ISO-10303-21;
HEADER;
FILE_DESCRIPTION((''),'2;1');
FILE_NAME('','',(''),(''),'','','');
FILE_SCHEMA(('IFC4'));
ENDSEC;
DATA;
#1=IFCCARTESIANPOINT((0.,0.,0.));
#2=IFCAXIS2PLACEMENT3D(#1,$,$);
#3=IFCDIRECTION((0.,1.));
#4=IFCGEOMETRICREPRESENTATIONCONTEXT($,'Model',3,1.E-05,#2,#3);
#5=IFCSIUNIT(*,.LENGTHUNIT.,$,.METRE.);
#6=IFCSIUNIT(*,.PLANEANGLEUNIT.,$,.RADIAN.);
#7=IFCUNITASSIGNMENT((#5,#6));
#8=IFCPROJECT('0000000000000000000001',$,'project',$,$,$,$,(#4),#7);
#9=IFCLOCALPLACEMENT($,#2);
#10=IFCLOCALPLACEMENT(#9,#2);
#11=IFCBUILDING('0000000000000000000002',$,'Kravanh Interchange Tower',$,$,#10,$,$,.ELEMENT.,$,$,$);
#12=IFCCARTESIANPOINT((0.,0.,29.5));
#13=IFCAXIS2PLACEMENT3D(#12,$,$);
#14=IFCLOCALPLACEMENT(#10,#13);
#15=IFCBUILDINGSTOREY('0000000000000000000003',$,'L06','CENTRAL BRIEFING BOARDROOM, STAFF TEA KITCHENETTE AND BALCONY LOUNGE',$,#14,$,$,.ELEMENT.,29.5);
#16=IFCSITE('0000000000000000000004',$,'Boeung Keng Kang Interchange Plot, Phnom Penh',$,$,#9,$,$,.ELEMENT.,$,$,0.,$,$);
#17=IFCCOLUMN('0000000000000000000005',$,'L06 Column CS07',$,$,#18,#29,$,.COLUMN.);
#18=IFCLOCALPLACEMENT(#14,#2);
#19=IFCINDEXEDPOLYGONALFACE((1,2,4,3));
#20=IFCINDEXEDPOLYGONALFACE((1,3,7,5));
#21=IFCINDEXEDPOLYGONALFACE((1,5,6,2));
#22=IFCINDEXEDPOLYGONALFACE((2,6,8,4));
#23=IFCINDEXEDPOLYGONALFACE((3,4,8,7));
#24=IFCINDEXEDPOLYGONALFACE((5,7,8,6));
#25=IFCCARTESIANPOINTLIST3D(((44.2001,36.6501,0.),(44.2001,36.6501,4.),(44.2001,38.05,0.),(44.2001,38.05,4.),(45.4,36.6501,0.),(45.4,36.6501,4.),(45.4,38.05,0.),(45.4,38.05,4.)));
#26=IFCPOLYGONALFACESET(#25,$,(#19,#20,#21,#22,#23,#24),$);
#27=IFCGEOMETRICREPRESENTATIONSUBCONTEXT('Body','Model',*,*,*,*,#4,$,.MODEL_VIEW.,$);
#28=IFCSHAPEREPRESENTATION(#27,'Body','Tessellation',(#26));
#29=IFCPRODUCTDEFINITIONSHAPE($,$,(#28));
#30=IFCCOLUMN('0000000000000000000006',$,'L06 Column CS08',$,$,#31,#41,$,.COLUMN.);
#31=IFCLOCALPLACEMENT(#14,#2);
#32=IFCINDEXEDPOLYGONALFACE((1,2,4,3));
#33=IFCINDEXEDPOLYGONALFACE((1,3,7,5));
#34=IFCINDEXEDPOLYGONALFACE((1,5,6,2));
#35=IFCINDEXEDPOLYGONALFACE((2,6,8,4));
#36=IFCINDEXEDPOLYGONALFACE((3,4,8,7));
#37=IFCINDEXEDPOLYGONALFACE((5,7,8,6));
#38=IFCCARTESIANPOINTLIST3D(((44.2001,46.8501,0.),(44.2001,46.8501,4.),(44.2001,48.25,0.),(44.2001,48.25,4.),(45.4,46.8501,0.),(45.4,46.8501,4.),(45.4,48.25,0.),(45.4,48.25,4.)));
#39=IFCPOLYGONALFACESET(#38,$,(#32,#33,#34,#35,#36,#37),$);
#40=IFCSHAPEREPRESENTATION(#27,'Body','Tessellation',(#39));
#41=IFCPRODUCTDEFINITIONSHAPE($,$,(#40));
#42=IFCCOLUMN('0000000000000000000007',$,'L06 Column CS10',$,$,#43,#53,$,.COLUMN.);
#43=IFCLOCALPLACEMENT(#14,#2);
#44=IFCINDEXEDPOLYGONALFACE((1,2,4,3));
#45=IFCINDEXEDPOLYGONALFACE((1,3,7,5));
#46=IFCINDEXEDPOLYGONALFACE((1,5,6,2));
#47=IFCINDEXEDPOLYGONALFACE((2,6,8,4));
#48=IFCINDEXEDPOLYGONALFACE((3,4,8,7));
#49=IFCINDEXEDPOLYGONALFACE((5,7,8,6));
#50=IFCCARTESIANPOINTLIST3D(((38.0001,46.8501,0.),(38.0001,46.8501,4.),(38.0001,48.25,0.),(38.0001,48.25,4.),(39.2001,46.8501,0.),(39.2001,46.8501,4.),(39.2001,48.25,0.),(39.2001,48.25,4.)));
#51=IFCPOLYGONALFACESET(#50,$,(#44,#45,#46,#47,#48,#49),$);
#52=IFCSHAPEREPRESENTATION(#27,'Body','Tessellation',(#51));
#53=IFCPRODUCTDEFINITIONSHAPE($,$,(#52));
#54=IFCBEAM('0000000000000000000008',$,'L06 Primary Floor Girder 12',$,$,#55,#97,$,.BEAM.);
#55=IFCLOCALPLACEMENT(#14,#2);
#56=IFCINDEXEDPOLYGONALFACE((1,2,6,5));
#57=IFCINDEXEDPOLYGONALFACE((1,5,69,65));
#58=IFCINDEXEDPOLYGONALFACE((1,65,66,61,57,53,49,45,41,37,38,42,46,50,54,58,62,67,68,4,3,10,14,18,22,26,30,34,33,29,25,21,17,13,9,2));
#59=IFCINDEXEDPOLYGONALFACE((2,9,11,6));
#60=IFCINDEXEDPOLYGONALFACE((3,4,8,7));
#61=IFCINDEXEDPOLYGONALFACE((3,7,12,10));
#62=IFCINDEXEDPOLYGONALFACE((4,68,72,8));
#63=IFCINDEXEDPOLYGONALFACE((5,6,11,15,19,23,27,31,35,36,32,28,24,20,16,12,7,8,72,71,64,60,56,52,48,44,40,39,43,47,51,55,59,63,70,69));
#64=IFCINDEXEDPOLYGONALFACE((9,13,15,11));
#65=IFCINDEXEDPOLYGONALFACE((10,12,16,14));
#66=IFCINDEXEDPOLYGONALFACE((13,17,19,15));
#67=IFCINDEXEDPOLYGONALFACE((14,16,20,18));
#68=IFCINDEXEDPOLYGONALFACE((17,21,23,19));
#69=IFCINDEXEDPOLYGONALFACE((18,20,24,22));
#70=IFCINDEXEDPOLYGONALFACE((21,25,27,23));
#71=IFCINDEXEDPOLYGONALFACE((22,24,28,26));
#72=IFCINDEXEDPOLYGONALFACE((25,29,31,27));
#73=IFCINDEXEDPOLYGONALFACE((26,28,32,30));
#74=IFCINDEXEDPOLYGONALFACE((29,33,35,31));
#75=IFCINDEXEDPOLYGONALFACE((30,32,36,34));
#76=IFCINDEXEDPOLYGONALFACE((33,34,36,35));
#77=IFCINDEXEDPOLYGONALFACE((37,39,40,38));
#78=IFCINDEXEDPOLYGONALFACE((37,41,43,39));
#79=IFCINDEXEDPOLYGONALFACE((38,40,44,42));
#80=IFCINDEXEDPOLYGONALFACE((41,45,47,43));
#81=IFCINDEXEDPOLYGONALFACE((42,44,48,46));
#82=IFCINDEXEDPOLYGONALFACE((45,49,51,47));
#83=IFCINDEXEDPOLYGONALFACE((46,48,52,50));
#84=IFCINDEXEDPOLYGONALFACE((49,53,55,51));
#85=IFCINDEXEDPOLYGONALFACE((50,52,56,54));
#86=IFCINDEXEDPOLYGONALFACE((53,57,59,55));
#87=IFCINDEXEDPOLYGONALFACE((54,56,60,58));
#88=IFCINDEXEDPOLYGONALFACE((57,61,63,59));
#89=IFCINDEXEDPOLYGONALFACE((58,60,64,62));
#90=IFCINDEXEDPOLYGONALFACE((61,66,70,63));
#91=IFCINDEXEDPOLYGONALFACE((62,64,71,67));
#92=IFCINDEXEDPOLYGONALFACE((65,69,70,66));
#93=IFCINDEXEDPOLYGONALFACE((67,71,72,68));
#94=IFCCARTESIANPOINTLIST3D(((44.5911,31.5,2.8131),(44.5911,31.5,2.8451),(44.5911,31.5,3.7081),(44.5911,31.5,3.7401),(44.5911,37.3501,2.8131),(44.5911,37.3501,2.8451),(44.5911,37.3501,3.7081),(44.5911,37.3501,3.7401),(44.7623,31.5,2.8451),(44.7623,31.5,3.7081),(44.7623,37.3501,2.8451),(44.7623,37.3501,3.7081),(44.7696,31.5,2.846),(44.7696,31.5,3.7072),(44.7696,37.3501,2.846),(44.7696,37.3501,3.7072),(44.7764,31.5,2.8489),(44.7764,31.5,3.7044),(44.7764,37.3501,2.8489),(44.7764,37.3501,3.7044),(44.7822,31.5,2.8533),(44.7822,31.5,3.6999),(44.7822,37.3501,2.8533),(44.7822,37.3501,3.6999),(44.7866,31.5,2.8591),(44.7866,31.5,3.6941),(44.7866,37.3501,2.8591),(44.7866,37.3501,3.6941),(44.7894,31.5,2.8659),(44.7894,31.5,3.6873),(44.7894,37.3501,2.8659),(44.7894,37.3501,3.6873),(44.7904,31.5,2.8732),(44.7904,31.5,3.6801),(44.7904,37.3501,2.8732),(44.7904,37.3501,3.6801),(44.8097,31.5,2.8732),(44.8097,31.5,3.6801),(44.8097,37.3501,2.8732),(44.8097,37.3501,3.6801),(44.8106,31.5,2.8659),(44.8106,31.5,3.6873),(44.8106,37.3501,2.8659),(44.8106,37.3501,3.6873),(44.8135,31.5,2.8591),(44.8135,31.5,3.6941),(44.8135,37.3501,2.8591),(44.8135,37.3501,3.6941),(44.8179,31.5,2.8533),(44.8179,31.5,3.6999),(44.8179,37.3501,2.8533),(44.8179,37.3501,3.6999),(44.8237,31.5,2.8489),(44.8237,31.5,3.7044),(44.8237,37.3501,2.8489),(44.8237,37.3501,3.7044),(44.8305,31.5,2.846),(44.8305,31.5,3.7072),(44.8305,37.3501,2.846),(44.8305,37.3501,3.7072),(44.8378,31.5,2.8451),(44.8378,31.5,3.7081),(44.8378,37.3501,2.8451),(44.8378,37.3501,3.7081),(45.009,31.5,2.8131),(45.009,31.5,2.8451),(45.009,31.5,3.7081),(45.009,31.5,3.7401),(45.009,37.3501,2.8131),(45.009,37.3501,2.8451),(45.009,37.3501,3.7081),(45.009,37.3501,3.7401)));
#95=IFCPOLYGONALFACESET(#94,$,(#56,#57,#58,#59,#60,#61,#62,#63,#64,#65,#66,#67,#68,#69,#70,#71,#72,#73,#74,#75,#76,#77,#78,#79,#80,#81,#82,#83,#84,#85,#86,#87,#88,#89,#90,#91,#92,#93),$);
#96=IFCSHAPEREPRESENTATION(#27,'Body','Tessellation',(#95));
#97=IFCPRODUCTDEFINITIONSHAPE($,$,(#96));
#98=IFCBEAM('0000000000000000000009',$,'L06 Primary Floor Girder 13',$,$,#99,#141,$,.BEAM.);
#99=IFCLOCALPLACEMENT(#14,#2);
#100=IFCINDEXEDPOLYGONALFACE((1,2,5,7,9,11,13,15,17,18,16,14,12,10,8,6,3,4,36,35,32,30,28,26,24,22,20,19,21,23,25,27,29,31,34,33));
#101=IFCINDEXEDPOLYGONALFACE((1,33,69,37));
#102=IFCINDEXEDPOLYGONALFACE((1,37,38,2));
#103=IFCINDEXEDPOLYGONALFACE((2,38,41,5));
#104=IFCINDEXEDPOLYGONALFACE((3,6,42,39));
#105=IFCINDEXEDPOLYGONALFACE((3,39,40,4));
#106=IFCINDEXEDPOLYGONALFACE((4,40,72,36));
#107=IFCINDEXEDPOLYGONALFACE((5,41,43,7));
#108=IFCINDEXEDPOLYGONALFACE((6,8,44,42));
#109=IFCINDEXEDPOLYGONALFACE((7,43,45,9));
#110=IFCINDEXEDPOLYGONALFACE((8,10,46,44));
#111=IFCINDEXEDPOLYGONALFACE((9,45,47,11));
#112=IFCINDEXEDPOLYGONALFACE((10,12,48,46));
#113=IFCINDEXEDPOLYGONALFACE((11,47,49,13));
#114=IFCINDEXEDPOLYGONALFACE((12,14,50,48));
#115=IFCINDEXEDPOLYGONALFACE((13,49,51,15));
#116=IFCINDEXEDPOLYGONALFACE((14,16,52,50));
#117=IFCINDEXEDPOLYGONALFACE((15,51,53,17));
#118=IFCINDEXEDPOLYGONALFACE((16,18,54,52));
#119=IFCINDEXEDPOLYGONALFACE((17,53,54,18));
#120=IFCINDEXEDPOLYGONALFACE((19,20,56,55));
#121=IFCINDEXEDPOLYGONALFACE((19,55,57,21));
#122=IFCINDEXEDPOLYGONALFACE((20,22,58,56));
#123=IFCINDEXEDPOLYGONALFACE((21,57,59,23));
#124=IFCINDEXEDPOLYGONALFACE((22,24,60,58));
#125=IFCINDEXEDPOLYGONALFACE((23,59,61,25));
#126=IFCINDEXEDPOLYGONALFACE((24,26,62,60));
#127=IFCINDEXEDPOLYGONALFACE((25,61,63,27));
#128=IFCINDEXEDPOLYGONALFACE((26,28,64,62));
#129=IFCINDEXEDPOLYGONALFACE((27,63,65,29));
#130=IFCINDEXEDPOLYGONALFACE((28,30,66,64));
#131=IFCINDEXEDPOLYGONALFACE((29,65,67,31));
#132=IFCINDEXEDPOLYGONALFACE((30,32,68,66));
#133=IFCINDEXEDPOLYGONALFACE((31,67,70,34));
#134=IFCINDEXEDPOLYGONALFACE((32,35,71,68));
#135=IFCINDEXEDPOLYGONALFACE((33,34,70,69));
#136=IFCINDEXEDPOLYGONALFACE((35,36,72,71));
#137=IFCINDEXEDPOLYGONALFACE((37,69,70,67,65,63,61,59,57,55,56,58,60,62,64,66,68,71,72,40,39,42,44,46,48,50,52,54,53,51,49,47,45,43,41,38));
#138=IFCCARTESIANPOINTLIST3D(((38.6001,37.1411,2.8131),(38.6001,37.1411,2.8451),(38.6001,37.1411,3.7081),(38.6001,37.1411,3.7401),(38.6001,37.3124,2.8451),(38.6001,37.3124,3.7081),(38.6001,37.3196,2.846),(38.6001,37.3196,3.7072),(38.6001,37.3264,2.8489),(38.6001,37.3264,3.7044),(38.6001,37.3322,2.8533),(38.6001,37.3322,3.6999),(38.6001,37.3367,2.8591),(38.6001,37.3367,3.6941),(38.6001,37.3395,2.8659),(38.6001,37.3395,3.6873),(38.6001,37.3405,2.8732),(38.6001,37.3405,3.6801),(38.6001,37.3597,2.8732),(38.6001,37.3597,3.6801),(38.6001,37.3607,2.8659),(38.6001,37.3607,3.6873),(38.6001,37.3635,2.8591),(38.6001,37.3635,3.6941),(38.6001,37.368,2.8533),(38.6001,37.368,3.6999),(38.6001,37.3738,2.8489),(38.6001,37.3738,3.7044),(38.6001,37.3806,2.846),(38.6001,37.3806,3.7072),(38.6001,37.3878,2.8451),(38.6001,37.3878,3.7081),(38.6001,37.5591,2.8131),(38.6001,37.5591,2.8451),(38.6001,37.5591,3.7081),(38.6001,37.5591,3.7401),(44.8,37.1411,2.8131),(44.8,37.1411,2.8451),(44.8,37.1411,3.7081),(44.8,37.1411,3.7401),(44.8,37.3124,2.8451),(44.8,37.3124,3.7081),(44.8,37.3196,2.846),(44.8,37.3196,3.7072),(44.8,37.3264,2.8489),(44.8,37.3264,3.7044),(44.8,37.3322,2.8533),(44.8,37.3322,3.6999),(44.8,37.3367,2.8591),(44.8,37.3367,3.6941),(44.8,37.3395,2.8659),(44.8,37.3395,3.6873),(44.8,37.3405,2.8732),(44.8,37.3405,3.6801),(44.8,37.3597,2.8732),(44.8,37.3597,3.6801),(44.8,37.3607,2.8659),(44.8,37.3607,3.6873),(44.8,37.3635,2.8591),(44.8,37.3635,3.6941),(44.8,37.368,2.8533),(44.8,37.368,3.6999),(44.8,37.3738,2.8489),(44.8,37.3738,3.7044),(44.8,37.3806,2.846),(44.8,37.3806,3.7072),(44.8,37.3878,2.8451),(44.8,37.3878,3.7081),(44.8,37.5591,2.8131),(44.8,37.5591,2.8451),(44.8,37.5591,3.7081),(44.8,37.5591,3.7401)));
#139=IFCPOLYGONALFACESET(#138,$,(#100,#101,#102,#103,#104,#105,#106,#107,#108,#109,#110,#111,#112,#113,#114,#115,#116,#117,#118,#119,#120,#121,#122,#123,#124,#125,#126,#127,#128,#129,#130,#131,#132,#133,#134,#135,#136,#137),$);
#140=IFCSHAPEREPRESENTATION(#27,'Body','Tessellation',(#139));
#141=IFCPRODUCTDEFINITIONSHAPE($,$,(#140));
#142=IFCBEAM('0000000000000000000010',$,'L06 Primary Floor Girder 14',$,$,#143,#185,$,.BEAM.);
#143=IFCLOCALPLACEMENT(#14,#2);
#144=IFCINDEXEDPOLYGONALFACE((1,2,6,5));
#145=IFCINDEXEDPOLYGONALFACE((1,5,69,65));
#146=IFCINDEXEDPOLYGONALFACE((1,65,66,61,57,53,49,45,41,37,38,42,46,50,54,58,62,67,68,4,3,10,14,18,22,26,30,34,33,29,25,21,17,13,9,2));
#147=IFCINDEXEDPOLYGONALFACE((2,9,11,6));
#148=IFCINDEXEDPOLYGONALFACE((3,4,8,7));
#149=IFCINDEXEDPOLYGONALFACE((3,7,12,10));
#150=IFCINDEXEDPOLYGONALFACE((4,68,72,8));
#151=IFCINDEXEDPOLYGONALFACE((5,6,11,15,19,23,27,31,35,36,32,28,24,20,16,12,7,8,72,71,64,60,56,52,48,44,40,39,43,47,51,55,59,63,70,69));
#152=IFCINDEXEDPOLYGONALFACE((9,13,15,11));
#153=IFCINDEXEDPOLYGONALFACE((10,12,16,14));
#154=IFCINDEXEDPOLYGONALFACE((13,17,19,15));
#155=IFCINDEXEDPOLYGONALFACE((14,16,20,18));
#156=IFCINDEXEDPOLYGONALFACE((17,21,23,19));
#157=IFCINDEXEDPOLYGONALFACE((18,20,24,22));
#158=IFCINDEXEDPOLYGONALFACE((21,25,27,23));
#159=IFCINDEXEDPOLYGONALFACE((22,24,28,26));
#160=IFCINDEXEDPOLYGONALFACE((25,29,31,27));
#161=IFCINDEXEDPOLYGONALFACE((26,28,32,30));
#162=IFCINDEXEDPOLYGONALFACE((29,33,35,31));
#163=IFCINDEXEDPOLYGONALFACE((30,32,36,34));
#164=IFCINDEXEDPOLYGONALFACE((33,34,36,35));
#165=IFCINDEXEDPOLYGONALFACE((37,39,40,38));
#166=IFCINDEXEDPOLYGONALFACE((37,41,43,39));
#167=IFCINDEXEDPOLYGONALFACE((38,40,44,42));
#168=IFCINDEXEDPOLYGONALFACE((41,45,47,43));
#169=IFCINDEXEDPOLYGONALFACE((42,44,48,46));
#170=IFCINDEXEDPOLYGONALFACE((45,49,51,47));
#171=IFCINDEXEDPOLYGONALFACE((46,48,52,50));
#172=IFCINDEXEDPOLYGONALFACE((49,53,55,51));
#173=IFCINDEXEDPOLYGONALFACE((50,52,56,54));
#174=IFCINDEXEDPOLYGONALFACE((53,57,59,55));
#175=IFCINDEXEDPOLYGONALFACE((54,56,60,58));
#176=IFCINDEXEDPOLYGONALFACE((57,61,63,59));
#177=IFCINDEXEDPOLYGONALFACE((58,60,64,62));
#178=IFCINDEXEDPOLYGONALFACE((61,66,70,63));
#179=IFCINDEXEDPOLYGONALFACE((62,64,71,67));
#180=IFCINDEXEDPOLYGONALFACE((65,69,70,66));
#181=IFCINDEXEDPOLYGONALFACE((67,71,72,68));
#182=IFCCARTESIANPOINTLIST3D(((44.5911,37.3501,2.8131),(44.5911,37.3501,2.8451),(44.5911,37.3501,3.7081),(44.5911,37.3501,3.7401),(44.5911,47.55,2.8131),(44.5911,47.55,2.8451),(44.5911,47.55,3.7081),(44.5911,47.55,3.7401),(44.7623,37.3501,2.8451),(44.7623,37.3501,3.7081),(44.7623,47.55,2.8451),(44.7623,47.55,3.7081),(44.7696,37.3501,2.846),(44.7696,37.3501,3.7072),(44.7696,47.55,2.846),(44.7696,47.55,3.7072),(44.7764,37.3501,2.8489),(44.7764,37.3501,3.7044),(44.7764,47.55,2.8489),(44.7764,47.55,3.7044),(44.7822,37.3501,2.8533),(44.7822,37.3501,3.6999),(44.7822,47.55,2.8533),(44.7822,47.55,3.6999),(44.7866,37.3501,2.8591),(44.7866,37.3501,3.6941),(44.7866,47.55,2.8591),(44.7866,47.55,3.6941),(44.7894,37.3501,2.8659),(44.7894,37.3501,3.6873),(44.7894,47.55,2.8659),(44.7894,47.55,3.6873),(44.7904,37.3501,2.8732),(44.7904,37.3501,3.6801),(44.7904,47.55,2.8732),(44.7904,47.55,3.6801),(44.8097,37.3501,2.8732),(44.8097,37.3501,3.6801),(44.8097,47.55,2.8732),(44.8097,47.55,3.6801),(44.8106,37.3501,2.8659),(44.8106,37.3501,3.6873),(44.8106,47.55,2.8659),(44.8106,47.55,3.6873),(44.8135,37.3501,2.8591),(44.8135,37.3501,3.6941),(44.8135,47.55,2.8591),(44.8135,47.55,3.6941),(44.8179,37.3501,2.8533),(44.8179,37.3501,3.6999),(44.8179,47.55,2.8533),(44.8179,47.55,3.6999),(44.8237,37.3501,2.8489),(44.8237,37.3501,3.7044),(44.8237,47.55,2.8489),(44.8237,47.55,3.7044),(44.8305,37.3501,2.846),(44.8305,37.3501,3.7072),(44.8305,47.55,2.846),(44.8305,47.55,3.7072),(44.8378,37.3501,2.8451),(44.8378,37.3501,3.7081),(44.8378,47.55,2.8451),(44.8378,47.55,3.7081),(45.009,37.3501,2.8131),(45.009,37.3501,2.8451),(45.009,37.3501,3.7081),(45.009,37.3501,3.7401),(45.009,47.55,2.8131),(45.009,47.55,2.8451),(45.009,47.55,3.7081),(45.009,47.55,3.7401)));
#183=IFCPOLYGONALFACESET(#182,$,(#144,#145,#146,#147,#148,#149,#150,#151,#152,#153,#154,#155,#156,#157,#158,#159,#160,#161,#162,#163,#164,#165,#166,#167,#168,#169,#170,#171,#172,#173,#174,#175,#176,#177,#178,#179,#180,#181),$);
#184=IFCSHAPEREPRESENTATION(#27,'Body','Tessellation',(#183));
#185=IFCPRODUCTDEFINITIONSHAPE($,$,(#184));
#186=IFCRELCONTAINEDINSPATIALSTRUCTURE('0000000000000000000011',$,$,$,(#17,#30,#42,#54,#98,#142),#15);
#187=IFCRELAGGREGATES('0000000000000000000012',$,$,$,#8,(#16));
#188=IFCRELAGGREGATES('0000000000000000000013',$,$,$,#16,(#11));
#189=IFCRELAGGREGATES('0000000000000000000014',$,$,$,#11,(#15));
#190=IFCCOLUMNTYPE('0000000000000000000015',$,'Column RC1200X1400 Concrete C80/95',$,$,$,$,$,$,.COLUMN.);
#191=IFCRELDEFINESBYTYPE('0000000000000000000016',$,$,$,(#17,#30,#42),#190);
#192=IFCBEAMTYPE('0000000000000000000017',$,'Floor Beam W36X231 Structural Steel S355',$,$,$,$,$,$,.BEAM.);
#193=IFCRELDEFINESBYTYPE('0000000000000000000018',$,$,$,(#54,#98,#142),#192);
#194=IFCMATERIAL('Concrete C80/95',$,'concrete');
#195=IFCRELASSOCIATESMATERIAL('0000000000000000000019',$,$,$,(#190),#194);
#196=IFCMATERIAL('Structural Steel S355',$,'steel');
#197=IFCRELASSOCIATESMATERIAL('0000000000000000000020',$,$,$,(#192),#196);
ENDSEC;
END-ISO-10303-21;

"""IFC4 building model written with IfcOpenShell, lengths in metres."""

from ifc_helpers import new_model, si_unit, direction, frame, origin, origin_2d, place, context, subcontext, project, spatial, rectangle, i_section, extrude, material, material_profile, profile_set, type_object, element, save


model = new_model("IFC4")

# Units and contexts
model_context = context("Model", 3, precision=1e-05, world=origin(), true_north=direction((0.0, 1.0)))
body_context = subcontext(model_context, "Body", "Model", "MODEL_VIEW")
ifc_project = project(units=[si_unit("LENGTHUNIT", "METRE"), si_unit("PLANEANGLEUNIT", "RADIAN")], contexts=[model_context])

# Site, building, storey
site_placement = place(None, origin())
site = spatial("IfcSite", under=ifc_project, at=site_placement, Name="Boeung Keng Kang Interchange Plot, Phnom Penh", CompositionType="ELEMENT", RefElevation=0.0)
building_placement = place(site_placement, origin())
building = spatial("IfcBuilding", under=site, at=building_placement, Name="Kravanh Interchange Tower", CompositionType="ELEMENT")
storey_placement = place(building_placement, frame((0.0, 0.0, 29.5)))
storey = spatial("IfcBuildingStorey", under=building, at=storey_placement, Name="L06", Description="CENTRAL BRIEFING BOARDROOM, STAFF TEA KITCHENETTE AND BALCONY LOUNGE", CompositionType="ELEMENT", Elevation=29.5)

# Columns
ifc_material_1 = material(Name="Concrete C80/95", Category="concrete")
ifc_material_profile_1 = material_profile(ifc_material_1, rectangle(XDim=1.2, YDim=1.3999, at=origin_2d()), Name="RC1200X1400")
ifc_profile_set_1 = profile_set([ifc_material_profile_1], Name="Concrete C80/95")
column_type = type_object("IfcColumnType", Name="Column RC1200X1400 Concrete C80/95", PredefinedType="COLUMN", material=ifc_profile_set_1)
for number, where, z_axis, x_axis, name in (
    (1, (44.8, 37.3501, 0.0), (0.0, 0.0, 1.0), (1.0, 0.0, 0.0), "L06 Column CS07"),
    (2, (44.8, 47.55, 0.0), (0.0, 0.0, 1.0), (1.0, 0.0, 0.0), "L06 Column CS08"),
    (3, (38.6001, 47.55, 0.0), (0.0, 0.0, 1.0), (1.0, 0.0, 0.0), "L06 Column CS10"),
):
    element("IfcColumn", number, at=place(storey_placement, frame(where, z_axis=z_axis, x_axis=x_axis)), inside=storey, type_object=column_type, Name=name, PredefinedType="COLUMN", context=body_context, shape_type="SweptSolid", body=[
        extrude(rectangle(XDim=1.2, YDim=1.3999, at=origin_2d()), origin(), (0.0, 0.0, 1.0), 4.0),
    ])

# Beams
ifc_material_2 = material(Name="Structural Steel S355", Category="steel")
ifc_material_profile_2 = material_profile(ifc_material_2, i_section(OverallWidth=0.418, OverallDepth=0.927, WebThickness=0.0193, FlangeThickness=0.032, FilletRadius=0.0281, at=origin_2d()), Name="W36X231")
ifc_profile_set_2 = profile_set([ifc_material_profile_2], Name="Structural Steel S355")
beam_type = type_object("IfcBeamType", Name="Floor Beam W36X231 Structural Steel S355", PredefinedType="BEAM", material=ifc_profile_set_2)
beam_1_placement = place(storey_placement, frame((44.8, 37.3501, 3.2766), z_axis=(0.0, -1.0, 0.0), x_axis=(1.0, 0.0, 0.0)))
element("IfcBeam", 4, at=beam_1_placement, inside=storey, type_object=beam_type, Name="L06 Primary Floor Girder 12", PredefinedType="BEAM", context=body_context, shape_type="SweptSolid", body=[
    extrude(i_section(OverallWidth=0.418, OverallDepth=0.927, WebThickness=0.0193, FlangeThickness=0.032, FilletRadius=0.0281, at=origin_2d()), origin(), (0.0, 0.0, 1.0), 5.8501),
])
beam_2_placement = place(storey_placement, frame((44.8, 37.3501, 3.2766), z_axis=(-1.0, 0.0, 0.0), x_axis=(0.0, -1.0, 0.0)))
element("IfcBeam", 5, at=beam_2_placement, inside=storey, type_object=beam_type, Name="L06 Primary Floor Girder 13", PredefinedType="BEAM", context=body_context, shape_type="SweptSolid", body=[
    extrude(i_section(OverallWidth=0.418, OverallDepth=0.927, WebThickness=0.0193, FlangeThickness=0.032, FilletRadius=0.0281, at=origin_2d()), origin(), (0.0, 0.0, 1.0), 6.2),
])
beam_3_placement = place(storey_placement, frame((44.8, 37.3501, 3.2766), z_axis=(0.0, 1.0, 0.0), x_axis=(-1.0, 0.0, 0.0)))
element("IfcBeam", 6, at=beam_3_placement, inside=storey, type_object=beam_type, Name="L06 Primary Floor Girder 14", PredefinedType="BEAM", context=body_context, shape_type="SweptSolid", body=[
    extrude(i_section(OverallWidth=0.418, OverallDepth=0.927, WebThickness=0.0193, FlangeThickness=0.032, FilletRadius=0.0281, at=origin_2d()), origin(), (0.0, 0.0, 1.0), 10.2),
])

save(model, "model.ifc")
